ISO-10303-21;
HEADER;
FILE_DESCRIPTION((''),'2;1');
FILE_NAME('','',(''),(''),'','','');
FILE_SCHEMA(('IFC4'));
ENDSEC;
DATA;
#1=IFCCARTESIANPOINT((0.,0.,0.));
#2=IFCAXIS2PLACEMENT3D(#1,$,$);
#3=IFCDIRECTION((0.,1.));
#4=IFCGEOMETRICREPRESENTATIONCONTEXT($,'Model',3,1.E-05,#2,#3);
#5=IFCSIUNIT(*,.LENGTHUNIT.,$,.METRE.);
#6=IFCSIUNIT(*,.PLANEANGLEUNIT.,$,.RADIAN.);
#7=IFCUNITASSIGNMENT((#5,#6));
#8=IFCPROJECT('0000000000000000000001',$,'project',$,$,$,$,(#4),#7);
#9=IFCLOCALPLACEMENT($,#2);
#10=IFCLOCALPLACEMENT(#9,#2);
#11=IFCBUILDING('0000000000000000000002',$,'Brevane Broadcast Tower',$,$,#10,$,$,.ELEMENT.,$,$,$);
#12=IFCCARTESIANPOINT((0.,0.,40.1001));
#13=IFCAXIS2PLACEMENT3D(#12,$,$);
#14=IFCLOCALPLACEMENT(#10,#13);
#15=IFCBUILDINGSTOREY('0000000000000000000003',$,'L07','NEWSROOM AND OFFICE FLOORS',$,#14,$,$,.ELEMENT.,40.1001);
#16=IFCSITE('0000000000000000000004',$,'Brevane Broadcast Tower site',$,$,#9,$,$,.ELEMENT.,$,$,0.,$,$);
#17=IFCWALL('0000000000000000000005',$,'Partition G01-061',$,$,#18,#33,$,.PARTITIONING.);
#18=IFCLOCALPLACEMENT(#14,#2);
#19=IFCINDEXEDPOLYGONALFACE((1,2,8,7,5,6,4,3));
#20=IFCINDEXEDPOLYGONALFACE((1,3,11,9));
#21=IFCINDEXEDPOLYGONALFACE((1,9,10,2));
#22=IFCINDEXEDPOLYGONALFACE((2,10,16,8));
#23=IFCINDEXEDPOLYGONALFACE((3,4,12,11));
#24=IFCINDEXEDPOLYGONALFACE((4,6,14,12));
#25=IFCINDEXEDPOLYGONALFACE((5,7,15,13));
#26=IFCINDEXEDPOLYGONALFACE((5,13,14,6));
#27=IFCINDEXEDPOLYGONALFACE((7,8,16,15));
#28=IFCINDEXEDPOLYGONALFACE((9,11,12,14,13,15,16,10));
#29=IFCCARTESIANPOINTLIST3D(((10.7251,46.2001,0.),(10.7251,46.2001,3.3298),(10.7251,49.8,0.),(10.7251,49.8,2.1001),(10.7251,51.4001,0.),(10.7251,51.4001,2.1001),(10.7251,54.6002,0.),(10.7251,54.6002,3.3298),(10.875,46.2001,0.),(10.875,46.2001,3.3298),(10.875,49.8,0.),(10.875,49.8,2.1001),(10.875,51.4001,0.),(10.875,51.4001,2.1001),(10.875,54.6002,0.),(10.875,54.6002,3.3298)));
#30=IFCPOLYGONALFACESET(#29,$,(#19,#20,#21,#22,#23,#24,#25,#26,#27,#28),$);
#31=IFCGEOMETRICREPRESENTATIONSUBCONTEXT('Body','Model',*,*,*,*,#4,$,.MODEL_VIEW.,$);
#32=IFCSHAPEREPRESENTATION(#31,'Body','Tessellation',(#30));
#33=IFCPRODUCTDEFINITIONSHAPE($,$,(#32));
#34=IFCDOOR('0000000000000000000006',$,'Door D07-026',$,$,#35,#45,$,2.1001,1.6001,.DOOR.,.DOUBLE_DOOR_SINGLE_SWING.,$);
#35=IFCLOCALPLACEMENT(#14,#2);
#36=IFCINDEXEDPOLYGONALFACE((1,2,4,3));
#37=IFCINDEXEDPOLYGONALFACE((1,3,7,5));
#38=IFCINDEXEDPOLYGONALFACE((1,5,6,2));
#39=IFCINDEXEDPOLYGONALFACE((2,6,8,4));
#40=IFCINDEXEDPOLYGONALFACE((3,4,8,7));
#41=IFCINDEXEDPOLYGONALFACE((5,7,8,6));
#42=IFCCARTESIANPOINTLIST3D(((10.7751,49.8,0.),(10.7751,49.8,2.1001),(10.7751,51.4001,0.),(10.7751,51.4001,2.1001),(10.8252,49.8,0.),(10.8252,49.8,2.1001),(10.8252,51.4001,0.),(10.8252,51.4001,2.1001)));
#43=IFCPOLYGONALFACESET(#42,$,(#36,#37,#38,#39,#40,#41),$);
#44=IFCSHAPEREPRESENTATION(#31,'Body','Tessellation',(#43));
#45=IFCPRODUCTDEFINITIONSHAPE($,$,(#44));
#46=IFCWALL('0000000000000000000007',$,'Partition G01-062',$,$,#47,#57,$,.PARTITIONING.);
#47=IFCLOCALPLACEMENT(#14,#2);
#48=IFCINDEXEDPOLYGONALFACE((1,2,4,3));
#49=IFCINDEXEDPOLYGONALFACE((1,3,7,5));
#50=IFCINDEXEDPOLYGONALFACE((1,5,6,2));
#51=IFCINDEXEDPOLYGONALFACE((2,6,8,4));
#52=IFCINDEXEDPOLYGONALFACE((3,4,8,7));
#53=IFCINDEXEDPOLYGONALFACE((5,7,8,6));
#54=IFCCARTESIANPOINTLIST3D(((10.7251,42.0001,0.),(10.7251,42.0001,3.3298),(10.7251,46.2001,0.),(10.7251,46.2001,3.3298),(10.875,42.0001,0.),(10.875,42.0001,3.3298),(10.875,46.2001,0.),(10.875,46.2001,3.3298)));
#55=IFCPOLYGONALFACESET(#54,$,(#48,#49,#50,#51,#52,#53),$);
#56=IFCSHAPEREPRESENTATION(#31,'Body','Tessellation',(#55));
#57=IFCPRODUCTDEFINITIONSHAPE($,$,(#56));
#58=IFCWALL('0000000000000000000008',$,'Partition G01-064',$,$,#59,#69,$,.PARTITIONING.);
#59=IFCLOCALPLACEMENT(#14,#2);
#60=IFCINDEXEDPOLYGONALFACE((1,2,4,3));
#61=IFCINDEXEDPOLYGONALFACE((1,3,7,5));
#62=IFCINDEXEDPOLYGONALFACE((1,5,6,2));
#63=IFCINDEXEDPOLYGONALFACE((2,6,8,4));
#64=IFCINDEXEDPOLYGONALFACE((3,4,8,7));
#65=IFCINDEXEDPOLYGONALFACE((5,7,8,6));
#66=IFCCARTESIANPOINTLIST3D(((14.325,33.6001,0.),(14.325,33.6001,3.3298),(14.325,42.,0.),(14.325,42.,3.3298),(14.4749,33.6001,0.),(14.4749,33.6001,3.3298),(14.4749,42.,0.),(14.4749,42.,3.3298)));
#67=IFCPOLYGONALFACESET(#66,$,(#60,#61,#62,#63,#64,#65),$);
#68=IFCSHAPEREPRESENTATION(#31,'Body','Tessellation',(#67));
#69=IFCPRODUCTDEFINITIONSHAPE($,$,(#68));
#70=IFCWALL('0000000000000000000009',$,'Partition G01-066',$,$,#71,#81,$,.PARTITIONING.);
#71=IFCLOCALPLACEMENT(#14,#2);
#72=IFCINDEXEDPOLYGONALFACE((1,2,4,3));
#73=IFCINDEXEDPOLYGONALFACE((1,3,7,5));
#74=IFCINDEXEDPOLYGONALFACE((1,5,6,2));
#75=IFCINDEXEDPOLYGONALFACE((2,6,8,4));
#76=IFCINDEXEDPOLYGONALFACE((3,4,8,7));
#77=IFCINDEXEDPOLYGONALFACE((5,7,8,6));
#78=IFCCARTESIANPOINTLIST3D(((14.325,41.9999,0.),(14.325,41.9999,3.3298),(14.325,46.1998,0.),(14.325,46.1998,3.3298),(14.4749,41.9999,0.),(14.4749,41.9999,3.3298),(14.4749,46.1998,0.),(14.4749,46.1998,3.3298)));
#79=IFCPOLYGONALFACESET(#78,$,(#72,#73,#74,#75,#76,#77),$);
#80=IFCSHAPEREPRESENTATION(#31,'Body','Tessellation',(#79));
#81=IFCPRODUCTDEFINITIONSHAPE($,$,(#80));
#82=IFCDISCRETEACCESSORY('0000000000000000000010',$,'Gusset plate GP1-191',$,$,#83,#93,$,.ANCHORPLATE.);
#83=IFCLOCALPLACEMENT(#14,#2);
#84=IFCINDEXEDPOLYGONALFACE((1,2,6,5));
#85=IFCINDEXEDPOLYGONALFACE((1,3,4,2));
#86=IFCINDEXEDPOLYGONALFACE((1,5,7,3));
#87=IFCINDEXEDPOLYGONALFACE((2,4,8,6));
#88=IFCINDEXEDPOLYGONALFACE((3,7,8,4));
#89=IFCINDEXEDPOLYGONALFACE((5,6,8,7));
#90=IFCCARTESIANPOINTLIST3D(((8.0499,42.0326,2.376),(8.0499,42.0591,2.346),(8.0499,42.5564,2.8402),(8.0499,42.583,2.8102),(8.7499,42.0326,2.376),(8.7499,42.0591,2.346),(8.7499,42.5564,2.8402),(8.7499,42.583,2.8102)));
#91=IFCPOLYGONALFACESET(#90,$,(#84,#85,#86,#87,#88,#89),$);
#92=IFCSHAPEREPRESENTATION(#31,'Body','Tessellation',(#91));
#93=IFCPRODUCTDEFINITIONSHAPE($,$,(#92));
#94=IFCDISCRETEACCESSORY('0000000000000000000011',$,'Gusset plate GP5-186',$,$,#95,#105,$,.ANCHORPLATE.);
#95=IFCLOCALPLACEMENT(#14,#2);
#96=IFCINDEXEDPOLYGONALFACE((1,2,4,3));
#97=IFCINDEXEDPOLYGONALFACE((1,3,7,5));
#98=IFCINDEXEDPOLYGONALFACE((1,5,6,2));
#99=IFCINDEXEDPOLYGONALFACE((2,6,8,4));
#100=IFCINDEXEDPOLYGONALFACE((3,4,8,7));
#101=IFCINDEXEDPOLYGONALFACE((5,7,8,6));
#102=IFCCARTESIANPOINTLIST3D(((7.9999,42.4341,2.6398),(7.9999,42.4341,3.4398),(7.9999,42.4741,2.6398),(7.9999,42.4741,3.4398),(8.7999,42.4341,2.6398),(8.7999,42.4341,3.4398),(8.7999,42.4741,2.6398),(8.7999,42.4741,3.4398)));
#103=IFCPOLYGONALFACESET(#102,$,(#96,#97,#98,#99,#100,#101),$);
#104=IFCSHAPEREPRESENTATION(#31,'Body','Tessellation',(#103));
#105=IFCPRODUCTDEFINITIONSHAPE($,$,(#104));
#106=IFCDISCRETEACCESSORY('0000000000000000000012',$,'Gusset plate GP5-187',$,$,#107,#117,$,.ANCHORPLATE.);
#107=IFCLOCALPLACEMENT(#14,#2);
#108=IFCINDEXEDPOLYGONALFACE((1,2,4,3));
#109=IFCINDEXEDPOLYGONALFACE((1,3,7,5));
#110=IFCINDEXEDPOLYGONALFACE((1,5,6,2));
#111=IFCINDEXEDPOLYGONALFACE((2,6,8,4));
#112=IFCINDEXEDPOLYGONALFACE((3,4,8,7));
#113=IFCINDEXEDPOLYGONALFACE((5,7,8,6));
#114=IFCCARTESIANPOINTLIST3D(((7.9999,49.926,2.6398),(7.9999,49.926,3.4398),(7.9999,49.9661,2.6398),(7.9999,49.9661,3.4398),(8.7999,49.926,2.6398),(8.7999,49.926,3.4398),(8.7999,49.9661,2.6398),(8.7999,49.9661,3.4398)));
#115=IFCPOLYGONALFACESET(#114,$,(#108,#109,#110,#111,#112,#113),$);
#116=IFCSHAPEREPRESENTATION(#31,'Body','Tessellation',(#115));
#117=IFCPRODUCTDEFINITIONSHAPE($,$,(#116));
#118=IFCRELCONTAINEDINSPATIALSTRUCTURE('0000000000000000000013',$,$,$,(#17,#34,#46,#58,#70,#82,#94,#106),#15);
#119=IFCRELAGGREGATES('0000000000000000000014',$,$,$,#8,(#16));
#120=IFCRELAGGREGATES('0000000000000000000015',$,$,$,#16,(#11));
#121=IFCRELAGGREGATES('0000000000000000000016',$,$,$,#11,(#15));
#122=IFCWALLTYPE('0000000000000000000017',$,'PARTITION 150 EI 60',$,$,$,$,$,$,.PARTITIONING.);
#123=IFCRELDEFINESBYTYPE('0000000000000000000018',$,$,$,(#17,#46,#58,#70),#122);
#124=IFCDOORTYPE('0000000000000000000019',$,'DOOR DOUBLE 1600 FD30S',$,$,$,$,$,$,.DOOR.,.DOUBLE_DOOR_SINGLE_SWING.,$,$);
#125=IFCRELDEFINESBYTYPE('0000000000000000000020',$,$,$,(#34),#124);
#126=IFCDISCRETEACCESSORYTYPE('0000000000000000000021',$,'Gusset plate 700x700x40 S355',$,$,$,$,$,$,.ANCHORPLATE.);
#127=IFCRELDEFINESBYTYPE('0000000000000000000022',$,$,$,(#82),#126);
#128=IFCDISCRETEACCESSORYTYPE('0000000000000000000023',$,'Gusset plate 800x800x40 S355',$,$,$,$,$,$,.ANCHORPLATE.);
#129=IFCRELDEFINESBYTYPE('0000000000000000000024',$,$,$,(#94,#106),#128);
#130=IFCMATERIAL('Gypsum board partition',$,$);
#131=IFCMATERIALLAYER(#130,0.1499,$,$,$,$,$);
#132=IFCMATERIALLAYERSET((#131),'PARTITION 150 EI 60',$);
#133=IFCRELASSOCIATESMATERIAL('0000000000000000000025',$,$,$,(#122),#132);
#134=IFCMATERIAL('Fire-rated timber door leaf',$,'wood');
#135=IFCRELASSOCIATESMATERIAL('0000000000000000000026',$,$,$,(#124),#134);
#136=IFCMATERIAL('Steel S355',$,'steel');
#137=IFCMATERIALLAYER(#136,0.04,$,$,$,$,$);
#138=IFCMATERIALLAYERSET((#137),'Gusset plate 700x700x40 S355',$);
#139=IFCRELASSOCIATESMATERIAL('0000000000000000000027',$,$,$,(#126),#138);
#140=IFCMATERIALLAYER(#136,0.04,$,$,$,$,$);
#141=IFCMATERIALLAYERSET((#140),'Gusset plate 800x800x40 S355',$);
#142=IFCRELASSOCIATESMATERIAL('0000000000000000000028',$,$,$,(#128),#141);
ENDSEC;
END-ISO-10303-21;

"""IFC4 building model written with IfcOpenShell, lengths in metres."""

from ifc_helpers import new_model, si_unit, direction, frame, frame_2d, origin, origin_2d, place, context, subcontext, project, spatial, rectangle, extrude, material, layer, layer_set, type_object, element, fill, save


model = new_model("IFC4")

# Units and contexts
model_context = context("Model", 3, precision=1e-05, world=origin(), true_north=direction((0.0, 1.0)))
body_context = subcontext(model_context, "Body", "Model", "MODEL_VIEW")
ifc_project = project(units=[si_unit("LENGTHUNIT", "METRE"), si_unit("PLANEANGLEUNIT", "RADIAN")], contexts=[model_context])

# Site, building, storey
site_placement = place(None, origin())
site = spatial("IfcSite", under=ifc_project, at=site_placement, Name="Brevane Broadcast Tower site", CompositionType="ELEMENT", RefElevation=0.0)
building_placement = place(site_placement, origin())
building = spatial("IfcBuilding", under=site, at=building_placement, Name="Brevane Broadcast Tower", CompositionType="ELEMENT")
storey_placement = place(building_placement, frame((0.0, 0.0, 40.1001)))
storey = spatial("IfcBuildingStorey", under=building, at=storey_placement, Name="L07", Description="NEWSROOM AND OFFICE FLOORS", CompositionType="ELEMENT", Elevation=40.1001)

# Shared definitions
ifc_material_1 = material(Name="Steel S355", Category="steel")

# Shared definitions
ifc_material_2 = material(Name="Gypsum board partition")

# Wall, opening, door
ifc_layer_1 = layer(ifc_material_2, 0.1499)
ifc_layer_set_1 = layer_set([ifc_layer_1], Name="PARTITION 150 EI 60")
wall_type_1 = type_object("IfcWallType", Name="PARTITION 150 EI 60", PredefinedType="PARTITIONING", material=ifc_layer_set_1)
wall_1_placement = place(storey_placement, frame((10.8, 46.2, 0.0), z_axis=(0.0, 0.0, 1.0), x_axis=(0.0, 1.0, 0.0)))
wall_1 = element("IfcWall", 1, at=wall_1_placement, inside=storey, type_object=wall_type_1, Name="Partition G01-061", PredefinedType="PARTITIONING", context=body_context, shape_type="SweptSolid", body=[
    extrude(rectangle(XDim=8.4001, YDim=0.1499, at=frame_2d((4.2002, 0.0))), origin(), (0.0, 0.0, 1.0), 3.3298),
])
opening_1_placement = place(wall_1_placement, frame((3.6001, 0.0, 0.0)))
opening_1 = element("IfcOpeningElement", 2, at=opening_1_placement, cuts=wall_1, PredefinedType="OPENING", context=body_context, shape_type="SweptSolid", body=[
    extrude(rectangle(XDim=1.6001, YDim=2.1001, at=frame_2d((0.8, 1.05))), frame((0.0, 0.085, 0.0), z_axis=(0.0, -1.0, 0.0), x_axis=(1.0, 0.0, 0.0)), (0.0, 0.0, 1.0), 0.1699),
])
ifc_material_3 = material(Name="Fire-rated timber door leaf", Category="wood")
door_type_1 = type_object("IfcDoorType", Name="DOOR DOUBLE 1600 FD30S", OperationType="DOUBLE_DOOR_SINGLE_SWING", PredefinedType="DOOR", material=ifc_material_3)
door_1_placement = place(opening_1_placement, origin())
door_1 = element("IfcDoor", 3, at=door_1_placement, inside=storey, type_object=door_type_1, Name="Door D07-026", OperationType="DOUBLE_DOOR_SINGLE_SWING", OverallHeight=2.1001, OverallWidth=1.6001, PredefinedType="DOOR", context=body_context, shape_type="SweptSolid", body=[
    extrude(rectangle(XDim=1.6001, YDim=2.1001, at=frame_2d((0.8, 1.05))), frame((0.0, 0.0249, 0.0), z_axis=(0.0, -1.0, 0.0), x_axis=(1.0, 0.0, 0.0)), (0.0, 0.0, 1.0), 0.05),
])
fill(opening_1, door_1)

# Walls
wall_2_placement = place(storey_placement, frame((10.8, 42.0, 0.0), z_axis=(0.0, 0.0, 1.0), x_axis=(0.0, 1.0, 0.0)))
element("IfcWall", 4, at=wall_2_placement, inside=storey, type_object=wall_type_1, Name="Partition G01-062", PredefinedType="PARTITIONING", context=body_context, shape_type="SweptSolid", body=[
    extrude(rectangle(XDim=4.2, YDim=0.1499, at=frame_2d((2.1001, 0.0))), origin(), (0.0, 0.0, 1.0), 3.3298),
])
wall_3_placement = place(storey_placement, frame((14.3999, 42.0, 0.0), z_axis=(0.0, 0.0, 1.0), x_axis=(0.0, -1.0, 0.0)))
element("IfcWall", 5, at=wall_3_placement, inside=storey, type_object=wall_type_1, Name="Partition G01-064", PredefinedType="PARTITIONING", context=body_context, shape_type="SweptSolid", body=[
    extrude(rectangle(XDim=8.3999, YDim=0.1499, at=frame_2d((4.2, 0.0))), origin(), (0.0, 0.0, 1.0), 3.3298),
])
wall_4_placement = place(storey_placement, frame((14.3999, 46.2, 0.0), z_axis=(0.0, 0.0, 1.0), x_axis=(0.0, -1.0, 0.0)))
element("IfcWall", 6, at=wall_4_placement, inside=storey, type_object=wall_type_1, Name="Partition G01-066", PredefinedType="PARTITIONING", context=body_context, shape_type="SweptSolid", body=[
    extrude(rectangle(XDim=4.2, YDim=0.1499, at=frame_2d((2.1001, 0.0))), origin(), (0.0, 0.0, 1.0), 3.3298),
])

# Discrete accessories
ifc_layer_2 = layer(ifc_material_1, 0.04)
ifc_layer_set_2 = layer_set([ifc_layer_2], Name="Gusset plate 700x700x40 S355")
discrete_accessory_type_1 = type_object("IfcDiscreteAccessoryType", Name="Gusset plate 700x700x40 S355", PredefinedType="ANCHORPLATE", material=ifc_layer_set_2)
discrete_accessory_placement = place(storey_placement, frame((8.3999, 42.321, 2.5781), z_axis=(0.0, -0.66323, 0.748416), x_axis=(1.0, 0.0, 0.0)))
element("IfcDiscreteAccessory", 7, at=discrete_accessory_placement, inside=storey, type_object=discrete_accessory_type_1, Name="Gusset plate GP1-191", PredefinedType="ANCHORPLATE", context=body_context, shape_type="SweptSolid", body=[
    extrude(rectangle(XDim=0.7, YDim=0.7, at=origin_2d()), origin(), (0.0, 0.0, 1.0), 0.04),
])
ifc_layer_3 = layer(ifc_material_1, 0.04)
ifc_layer_set_3 = layer_set([ifc_layer_3], Name="Gusset plate 800x800x40 S355")
discrete_accessory_type_2 = type_object("IfcDiscreteAccessoryType", Name="Gusset plate 800x800x40 S355", PredefinedType="ANCHORPLATE", material=ifc_layer_set_3)
for number, where, z_axis, x_axis, name in (
    (8, (8.3999, 42.4341, 3.0398), (0.0, 1.0, 0.0), (-1.0, 0.0, 0.0), "Gusset plate GP5-186"),
    (9, (8.3999, 49.926, 3.0398), (0.0, 1.0, 0.0), (-1.0, 0.0, 0.0), "Gusset plate GP5-187"),
):
    element("IfcDiscreteAccessory", number, at=place(storey_placement, frame(where, z_axis=z_axis, x_axis=x_axis)), inside=storey, type_object=discrete_accessory_type_2, Name=name, PredefinedType="ANCHORPLATE", context=body_context, shape_type="SweptSolid", body=[
        extrude(rectangle(XDim=0.8, YDim=0.8, at=origin_2d()), origin(), (0.0, 0.0, 1.0), 0.04),
    ])

save(model, "model.ifc")
